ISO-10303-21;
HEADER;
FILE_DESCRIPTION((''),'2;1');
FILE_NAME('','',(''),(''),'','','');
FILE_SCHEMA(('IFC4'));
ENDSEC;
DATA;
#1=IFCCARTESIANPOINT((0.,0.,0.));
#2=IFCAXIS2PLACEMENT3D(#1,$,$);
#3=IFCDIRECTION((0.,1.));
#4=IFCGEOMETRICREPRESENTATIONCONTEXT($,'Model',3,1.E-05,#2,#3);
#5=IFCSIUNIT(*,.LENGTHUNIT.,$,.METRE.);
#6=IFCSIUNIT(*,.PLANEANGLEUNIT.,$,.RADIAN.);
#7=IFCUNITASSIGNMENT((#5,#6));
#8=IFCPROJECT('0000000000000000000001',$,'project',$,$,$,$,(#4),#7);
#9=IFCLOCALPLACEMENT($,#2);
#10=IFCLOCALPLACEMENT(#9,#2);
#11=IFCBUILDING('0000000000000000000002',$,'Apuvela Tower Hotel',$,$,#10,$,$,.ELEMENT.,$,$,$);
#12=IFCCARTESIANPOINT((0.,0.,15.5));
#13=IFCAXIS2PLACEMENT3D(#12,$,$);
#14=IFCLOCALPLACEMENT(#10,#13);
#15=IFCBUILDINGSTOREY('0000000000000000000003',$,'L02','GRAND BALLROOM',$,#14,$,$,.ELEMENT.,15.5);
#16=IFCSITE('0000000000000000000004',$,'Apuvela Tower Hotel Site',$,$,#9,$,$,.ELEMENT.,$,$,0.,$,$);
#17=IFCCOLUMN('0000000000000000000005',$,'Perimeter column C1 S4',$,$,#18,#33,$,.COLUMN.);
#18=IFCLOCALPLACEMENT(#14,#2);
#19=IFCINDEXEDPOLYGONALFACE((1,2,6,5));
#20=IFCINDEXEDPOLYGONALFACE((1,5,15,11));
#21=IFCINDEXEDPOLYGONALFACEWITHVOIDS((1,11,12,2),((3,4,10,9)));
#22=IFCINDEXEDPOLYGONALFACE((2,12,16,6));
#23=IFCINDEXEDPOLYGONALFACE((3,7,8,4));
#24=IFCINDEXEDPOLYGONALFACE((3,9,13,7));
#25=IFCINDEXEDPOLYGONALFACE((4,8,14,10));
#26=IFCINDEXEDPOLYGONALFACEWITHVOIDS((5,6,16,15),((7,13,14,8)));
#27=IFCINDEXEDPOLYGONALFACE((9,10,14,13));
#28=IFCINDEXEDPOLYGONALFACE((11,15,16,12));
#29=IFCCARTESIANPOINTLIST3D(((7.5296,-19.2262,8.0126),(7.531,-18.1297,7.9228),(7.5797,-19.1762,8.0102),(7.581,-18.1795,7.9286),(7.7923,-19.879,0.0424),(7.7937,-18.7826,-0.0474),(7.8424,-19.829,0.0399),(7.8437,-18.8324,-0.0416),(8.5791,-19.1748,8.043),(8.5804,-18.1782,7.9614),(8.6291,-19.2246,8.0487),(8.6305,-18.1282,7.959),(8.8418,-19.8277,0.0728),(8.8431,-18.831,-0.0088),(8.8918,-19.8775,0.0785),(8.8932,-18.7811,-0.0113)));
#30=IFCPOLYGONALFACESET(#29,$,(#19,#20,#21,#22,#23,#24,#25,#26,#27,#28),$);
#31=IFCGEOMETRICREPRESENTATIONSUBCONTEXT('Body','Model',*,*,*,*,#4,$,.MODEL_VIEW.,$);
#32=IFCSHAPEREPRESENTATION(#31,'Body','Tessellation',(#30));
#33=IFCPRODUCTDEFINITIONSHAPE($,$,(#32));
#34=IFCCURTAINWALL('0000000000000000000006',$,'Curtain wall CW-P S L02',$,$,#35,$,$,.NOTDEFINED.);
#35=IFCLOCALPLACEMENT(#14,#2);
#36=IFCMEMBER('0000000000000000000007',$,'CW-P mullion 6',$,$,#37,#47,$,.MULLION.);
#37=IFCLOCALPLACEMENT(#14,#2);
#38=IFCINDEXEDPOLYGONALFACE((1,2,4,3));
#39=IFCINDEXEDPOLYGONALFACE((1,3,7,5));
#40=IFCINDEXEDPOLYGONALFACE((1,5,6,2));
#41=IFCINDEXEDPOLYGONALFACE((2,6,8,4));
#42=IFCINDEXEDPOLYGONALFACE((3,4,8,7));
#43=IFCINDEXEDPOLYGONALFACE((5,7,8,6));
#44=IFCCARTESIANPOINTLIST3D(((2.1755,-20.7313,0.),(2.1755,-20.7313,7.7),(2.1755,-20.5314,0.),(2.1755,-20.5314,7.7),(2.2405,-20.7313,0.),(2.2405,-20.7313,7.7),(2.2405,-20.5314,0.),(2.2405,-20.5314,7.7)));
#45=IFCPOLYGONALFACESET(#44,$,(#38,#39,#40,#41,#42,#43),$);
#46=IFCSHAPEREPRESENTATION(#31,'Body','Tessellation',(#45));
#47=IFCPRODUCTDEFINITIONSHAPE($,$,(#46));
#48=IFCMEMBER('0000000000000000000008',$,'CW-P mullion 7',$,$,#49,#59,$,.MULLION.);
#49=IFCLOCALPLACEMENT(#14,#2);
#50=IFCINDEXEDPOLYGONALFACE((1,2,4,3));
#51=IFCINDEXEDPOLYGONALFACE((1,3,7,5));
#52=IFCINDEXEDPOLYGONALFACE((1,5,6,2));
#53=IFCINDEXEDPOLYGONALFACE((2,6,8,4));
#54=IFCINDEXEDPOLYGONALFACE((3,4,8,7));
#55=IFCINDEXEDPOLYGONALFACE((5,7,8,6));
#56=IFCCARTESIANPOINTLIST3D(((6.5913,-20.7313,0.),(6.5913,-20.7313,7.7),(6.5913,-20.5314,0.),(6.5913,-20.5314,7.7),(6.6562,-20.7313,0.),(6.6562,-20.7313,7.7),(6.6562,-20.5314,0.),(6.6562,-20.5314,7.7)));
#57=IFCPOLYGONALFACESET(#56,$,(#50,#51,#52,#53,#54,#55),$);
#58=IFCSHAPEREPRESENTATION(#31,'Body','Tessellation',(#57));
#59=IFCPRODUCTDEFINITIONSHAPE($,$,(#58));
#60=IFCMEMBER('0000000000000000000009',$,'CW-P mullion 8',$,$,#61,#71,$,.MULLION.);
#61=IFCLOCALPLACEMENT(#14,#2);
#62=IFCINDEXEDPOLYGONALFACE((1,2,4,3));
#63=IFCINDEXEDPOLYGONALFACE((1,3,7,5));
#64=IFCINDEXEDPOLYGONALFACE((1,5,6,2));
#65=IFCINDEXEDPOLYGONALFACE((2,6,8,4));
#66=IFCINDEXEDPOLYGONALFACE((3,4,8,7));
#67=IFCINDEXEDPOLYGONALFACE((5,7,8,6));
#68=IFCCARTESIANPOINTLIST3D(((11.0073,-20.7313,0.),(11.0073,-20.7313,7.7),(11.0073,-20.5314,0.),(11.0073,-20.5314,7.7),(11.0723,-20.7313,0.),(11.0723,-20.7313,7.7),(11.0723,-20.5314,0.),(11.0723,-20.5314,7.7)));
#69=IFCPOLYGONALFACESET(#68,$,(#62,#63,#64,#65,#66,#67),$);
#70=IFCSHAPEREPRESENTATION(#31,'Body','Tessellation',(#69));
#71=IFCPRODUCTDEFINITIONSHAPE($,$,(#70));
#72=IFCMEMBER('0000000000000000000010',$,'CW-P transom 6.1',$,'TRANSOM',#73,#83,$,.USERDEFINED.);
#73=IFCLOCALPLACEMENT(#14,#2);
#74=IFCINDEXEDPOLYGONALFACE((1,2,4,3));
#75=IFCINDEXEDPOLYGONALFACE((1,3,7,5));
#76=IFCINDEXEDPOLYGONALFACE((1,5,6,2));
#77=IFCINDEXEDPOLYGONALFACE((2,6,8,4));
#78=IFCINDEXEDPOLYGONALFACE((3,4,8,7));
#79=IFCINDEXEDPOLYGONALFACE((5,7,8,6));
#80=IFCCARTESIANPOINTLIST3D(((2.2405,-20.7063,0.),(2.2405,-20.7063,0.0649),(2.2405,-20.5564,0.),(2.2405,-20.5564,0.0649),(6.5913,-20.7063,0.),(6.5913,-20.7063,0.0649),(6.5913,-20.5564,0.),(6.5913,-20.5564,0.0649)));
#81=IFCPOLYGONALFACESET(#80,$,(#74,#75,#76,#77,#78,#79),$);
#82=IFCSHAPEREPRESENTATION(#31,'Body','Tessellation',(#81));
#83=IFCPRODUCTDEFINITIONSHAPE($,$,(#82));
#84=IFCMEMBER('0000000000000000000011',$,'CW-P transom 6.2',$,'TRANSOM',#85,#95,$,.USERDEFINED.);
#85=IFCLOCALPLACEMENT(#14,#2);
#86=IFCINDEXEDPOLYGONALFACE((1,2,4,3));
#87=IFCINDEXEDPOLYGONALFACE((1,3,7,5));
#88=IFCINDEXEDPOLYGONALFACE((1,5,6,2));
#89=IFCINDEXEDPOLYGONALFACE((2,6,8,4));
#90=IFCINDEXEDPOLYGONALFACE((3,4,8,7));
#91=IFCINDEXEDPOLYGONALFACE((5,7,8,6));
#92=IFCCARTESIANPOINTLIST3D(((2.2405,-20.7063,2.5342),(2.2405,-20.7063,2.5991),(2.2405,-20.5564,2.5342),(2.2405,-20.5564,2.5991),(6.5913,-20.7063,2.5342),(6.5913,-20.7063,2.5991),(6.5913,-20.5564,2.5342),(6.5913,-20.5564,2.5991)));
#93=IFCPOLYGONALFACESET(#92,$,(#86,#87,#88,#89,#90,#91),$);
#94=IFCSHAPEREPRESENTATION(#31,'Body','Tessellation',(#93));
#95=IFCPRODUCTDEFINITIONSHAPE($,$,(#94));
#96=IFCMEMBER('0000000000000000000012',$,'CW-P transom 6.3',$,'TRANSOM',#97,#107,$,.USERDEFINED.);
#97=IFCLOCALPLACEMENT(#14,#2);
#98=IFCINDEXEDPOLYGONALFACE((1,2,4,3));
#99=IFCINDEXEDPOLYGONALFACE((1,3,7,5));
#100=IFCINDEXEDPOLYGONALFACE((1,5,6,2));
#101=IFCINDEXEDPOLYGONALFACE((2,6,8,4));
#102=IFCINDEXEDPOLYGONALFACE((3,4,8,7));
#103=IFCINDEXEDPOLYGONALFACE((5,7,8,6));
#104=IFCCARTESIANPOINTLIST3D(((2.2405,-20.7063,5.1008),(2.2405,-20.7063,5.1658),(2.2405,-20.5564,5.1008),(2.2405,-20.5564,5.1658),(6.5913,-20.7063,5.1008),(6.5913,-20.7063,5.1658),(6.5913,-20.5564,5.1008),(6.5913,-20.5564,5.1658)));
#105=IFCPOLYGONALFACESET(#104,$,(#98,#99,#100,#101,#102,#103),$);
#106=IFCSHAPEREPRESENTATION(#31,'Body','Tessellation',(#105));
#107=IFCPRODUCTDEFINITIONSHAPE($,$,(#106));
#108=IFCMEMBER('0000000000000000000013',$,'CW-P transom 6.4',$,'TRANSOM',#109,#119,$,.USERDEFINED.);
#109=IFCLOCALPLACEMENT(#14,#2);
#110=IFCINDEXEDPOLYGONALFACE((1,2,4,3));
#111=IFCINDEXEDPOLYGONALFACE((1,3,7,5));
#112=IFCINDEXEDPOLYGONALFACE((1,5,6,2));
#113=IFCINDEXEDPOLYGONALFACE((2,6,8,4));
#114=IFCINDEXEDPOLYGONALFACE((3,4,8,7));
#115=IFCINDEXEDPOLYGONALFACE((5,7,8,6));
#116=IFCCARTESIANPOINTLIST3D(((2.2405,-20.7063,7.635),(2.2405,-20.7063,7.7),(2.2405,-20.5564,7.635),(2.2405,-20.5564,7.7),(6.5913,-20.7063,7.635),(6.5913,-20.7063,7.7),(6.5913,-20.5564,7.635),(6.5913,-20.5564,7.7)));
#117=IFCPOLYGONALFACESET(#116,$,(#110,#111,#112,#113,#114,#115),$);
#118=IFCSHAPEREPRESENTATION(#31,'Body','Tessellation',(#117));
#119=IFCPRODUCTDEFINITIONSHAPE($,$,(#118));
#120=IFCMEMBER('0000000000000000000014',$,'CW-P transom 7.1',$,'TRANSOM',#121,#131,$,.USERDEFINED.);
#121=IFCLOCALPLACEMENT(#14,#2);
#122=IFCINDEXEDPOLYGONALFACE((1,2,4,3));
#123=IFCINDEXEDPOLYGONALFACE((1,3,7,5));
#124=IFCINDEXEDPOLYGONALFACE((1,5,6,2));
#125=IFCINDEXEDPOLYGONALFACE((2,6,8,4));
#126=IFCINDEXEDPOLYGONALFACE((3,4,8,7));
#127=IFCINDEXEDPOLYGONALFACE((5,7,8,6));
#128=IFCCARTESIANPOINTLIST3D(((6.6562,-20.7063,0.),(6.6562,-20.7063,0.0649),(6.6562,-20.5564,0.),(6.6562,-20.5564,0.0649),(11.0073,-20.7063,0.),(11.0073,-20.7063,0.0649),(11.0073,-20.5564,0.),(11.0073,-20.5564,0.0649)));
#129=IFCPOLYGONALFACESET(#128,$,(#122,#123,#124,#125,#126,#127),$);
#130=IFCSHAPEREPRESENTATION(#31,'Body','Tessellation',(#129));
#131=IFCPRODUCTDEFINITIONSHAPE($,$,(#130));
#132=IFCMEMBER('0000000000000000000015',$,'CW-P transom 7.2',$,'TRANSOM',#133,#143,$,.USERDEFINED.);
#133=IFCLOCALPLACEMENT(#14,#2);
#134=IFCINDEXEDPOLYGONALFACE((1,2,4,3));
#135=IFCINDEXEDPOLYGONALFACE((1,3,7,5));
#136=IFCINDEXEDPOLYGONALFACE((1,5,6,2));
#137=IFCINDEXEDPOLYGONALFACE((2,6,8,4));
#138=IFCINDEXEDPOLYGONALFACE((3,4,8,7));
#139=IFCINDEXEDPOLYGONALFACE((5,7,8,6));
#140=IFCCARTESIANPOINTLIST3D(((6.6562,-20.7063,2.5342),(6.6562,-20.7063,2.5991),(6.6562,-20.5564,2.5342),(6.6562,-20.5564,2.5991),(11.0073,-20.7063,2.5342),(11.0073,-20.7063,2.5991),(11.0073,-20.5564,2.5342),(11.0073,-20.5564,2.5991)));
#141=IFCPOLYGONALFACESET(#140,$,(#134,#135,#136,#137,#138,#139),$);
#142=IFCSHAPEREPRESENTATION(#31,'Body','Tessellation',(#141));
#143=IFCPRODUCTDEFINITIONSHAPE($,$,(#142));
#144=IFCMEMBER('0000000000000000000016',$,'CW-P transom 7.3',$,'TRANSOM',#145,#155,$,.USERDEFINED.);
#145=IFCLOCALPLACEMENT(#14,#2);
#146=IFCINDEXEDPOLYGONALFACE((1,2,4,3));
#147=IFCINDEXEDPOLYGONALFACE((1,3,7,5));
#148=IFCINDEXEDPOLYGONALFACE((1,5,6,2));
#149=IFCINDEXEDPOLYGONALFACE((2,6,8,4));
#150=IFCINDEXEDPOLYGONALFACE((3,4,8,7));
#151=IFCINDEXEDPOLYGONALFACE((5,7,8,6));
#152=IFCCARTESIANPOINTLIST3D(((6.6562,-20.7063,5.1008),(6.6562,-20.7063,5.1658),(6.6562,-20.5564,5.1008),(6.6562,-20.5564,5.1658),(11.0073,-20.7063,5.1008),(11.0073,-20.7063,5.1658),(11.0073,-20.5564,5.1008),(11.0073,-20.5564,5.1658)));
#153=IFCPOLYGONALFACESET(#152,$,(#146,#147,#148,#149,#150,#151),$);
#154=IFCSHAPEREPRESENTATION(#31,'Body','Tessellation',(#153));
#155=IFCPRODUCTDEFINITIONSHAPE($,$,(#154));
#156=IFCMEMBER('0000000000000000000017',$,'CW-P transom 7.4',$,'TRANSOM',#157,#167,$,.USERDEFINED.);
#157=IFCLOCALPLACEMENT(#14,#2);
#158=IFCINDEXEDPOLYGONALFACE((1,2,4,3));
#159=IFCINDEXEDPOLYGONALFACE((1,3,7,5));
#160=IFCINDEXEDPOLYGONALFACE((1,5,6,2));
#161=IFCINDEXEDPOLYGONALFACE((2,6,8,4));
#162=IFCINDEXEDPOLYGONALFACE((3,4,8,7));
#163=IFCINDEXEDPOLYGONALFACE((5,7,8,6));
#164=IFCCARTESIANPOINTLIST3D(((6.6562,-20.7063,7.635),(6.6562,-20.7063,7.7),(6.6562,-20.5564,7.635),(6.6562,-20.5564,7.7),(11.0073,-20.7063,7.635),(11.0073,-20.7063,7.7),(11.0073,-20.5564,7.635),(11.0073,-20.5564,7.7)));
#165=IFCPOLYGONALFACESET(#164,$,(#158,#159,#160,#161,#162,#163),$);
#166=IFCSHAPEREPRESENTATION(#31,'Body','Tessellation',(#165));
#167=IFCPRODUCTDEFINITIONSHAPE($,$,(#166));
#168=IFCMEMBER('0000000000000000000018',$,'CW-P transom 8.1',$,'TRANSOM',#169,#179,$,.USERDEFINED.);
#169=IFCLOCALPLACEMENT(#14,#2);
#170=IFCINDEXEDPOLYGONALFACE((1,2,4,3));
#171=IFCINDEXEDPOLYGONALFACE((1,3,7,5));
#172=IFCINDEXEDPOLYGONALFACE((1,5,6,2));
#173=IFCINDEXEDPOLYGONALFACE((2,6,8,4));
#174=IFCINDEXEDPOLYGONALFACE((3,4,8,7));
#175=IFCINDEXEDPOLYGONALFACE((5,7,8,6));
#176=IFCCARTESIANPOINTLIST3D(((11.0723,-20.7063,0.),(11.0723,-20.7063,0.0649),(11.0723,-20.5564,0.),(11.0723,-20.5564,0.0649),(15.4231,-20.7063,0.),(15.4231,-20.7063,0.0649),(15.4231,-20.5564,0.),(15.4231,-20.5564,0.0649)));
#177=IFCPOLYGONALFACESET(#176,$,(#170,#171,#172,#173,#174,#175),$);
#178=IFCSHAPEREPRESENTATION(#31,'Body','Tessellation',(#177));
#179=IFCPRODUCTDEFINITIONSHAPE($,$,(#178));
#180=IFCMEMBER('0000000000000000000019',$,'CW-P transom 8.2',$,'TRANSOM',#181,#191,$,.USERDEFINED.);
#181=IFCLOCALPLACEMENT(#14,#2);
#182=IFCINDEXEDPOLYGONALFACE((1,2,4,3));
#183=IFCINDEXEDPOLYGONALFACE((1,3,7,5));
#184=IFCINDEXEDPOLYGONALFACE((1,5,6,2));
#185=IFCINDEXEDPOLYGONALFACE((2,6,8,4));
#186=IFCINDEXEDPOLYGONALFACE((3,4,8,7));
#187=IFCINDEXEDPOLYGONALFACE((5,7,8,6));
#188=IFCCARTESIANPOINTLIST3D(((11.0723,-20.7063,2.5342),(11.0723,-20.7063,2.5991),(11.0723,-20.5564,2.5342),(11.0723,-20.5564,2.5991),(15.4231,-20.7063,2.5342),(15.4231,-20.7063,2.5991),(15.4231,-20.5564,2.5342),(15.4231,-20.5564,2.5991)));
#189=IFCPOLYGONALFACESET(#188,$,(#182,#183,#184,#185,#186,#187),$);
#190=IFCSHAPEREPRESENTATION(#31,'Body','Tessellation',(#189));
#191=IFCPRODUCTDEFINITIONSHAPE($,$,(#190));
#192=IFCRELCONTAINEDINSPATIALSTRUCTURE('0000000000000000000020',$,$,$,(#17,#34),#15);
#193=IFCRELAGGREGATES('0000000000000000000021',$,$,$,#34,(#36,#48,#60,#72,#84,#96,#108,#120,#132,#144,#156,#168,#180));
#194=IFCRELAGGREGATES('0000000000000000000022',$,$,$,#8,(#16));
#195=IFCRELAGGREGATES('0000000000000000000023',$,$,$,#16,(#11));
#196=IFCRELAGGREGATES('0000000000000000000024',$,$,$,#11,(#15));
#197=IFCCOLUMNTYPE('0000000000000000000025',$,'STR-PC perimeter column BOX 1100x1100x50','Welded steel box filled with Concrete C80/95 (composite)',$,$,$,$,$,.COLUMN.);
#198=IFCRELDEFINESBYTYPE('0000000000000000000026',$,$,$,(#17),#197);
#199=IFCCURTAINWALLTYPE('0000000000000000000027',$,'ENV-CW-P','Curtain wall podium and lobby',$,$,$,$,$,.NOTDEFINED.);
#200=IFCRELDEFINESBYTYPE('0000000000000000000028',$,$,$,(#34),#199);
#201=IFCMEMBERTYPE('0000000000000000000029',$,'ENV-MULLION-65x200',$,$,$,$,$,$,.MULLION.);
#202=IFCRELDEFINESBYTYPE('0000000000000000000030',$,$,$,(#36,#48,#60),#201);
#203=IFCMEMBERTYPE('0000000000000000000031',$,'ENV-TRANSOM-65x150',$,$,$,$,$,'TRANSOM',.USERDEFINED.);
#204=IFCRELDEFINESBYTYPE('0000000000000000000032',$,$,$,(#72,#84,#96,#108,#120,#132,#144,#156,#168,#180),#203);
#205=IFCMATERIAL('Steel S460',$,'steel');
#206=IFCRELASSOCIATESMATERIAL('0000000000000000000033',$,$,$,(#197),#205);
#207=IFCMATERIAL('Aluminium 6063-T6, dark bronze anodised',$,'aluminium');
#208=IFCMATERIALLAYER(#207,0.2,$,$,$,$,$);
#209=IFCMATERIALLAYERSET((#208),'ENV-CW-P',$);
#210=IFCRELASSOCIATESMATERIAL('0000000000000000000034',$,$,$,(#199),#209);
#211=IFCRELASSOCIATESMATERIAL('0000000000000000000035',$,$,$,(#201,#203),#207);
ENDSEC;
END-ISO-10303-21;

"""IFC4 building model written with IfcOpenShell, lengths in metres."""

from ifc_helpers import new_model, si_unit, direction, frame, origin, origin_2d, place, context, subcontext, project, spatial, rectangle, hollow_rectangle, extrude, boolean, halfspace, material, layer, layer_set, material_profile, profile_set, type_object, element, aggregate, save


model = new_model("IFC4")

# Units and contexts
model_context = context("Model", 3, precision=1e-05, world=origin(), true_north=direction((0.0, 1.0)))
body_context = subcontext(model_context, "Body", "Model", "MODEL_VIEW")
ifc_project = project(units=[si_unit("LENGTHUNIT", "METRE"), si_unit("PLANEANGLEUNIT", "RADIAN")], contexts=[model_context])

# Site, building, storey
site_placement = place(None, origin())
site = spatial("IfcSite", under=ifc_project, at=site_placement, Name="Apuvela Tower Hotel Site", CompositionType="ELEMENT", RefElevation=0.0)
building_placement = place(site_placement, origin())
building = spatial("IfcBuilding", under=site, at=building_placement, Name="Apuvela Tower Hotel", CompositionType="ELEMENT")
storey_placement = place(building_placement, frame((0.0, 0.0, 15.5)))
storey = spatial("IfcBuildingStorey", under=building, at=storey_placement, Name="L02", Description="GRAND BALLROOM", CompositionType="ELEMENT", Elevation=15.5)

# Column
ifc_material_1 = material(Name="Steel S460", Category="steel")
ifc_material_profile_1 = material_profile(ifc_material_1, hollow_rectangle(XDim=1.1001, YDim=1.1001, WallThickness=0.05, at=origin_2d()), Name="BOX 1100x1100x50")
ifc_material_2 = material(Name="Concrete C80/95", Category="concrete")
ifc_material_profile_2 = material_profile(ifc_material_2, rectangle(XDim=1.0, YDim=1.0, at=origin_2d()), Name="Concrete C80/95 infill")
ifc_profile_set_1 = profile_set([ifc_material_profile_1, ifc_material_profile_2], Name="Steel S460")
column_type = type_object("IfcColumnType", Name="STR-PC perimeter column BOX 1100x1100x50", Description="Welded steel box filled with Concrete C80/95 (composite)", PredefinedType="COLUMN", material=ifc_profile_set_1)
column_placement = place(storey_placement, frame((8.3433, -19.3313, 0.0), z_axis=(-0.032831, 0.081592, 0.996125), x_axis=(0.99946, 0.001378, 0.032828)))
element("IfcColumn", 1, at=column_placement, inside=storey, type_object=column_type, Name="Perimeter column C1 S4", PredefinedType="COLUMN", context=body_context, shape_type="SweptSolid", body=[
    boolean("DIFFERENCE", boolean("DIFFERENCE", extrude(hollow_rectangle(XDim=1.1001, YDim=1.1001, WallThickness=0.05, at=origin_2d()), origin(), (0.0, 0.0, 1.0), 8.031), halfspace(frame((0.0, 0.0, 0.0156), z_axis=(0.0, 0.0, 1.0), x_axis=(1.0, 0.0, 0.0)), True)), halfspace(frame((0.0, 0.0, 8.0168), z_axis=(0.0, 0.0, 1.0), x_axis=(1.0, 0.0, 0.0)), False)),
])

# Curtain wall, members
ifc_material_3 = material(Name="Aluminium 6063-T6, dark bronze anodised", Category="aluminium")
ifc_layer_1 = layer(ifc_material_3, 0.2)
ifc_layer_set_1 = layer_set([ifc_layer_1], Name="ENV-CW-P")
curtain_wall_type = type_object("IfcCurtainWallType", Name="ENV-CW-P", Description="Curtain wall podium and lobby", PredefinedType="NOTDEFINED", material=ifc_layer_set_1)
curtain_wall_placement = place(storey_placement, origin())
curtain_wall = element("IfcCurtainWall", 2, at=curtain_wall_placement, inside=storey, type_object=curtain_wall_type, Name="Curtain wall CW-P S L02", PredefinedType="NOTDEFINED")
ifc_material_profile_3 = material_profile(ifc_material_3, rectangle(XDim=0.2, YDim=0.0649, at=origin_2d()), Name="AL 65x200")
ifc_profile_set_2 = profile_set([ifc_material_profile_3], Name="Aluminium 6063-T6, dark bronze anodised")
member_type_1 = type_object("IfcMemberType", Name="ENV-MULLION-65x200", PredefinedType="MULLION", material=ifc_profile_set_2)
member_1_placement = place(storey_placement, frame((2.208, -20.6313, 0.0), z_axis=(0.0, 0.0, 1.0), x_axis=(0.0, 1.0, 0.0)))
member_1 = element("IfcMember", 3, at=member_1_placement, type_object=member_type_1, Name="CW-P mullion 6", PredefinedType="MULLION", context=body_context, shape_type="SweptSolid", body=[
    extrude(rectangle(XDim=0.2, YDim=0.0649, at=origin_2d()), origin(), (0.0, 0.0, 1.0), 7.7),
])
member_2_placement = place(storey_placement, frame((6.6238, -20.6313, 0.0), z_axis=(0.0, 0.0, 1.0), x_axis=(0.0, 1.0, 0.0)))
member_2 = element("IfcMember", 4, at=member_2_placement, type_object=member_type_1, Name="CW-P mullion 7", PredefinedType="MULLION", context=body_context, shape_type="SweptSolid", body=[
    extrude(rectangle(XDim=0.2, YDim=0.0649, at=origin_2d()), origin(), (0.0, 0.0, 1.0), 7.7),
])
member_3_placement = place(storey_placement, frame((11.0398, -20.6313, 0.0), z_axis=(0.0, 0.0, 1.0), x_axis=(0.0, 1.0, 0.0)))
member_3 = element("IfcMember", 5, at=member_3_placement, type_object=member_type_1, Name="CW-P mullion 8", PredefinedType="MULLION", context=body_context, shape_type="SweptSolid", body=[
    extrude(rectangle(XDim=0.2, YDim=0.0649, at=origin_2d()), origin(), (0.0, 0.0, 1.0), 7.7),
])
ifc_material_profile_4 = material_profile(ifc_material_3, rectangle(XDim=0.1499, YDim=0.0649, at=origin_2d()), Name="AL 65x150 transom")
ifc_profile_set_3 = profile_set([ifc_material_profile_4], Name="Aluminium 6063-T6, dark bronze anodised")
member_type_2 = type_object("IfcMemberType", Name="ENV-TRANSOM-65x150", ElementType="TRANSOM", PredefinedType="USERDEFINED", material=ifc_profile_set_3)
member_4_placement = place(storey_placement, frame((2.2405, -20.6313, 0.0325), z_axis=(1.0, 0.0, 0.0), x_axis=(0.0, 1.0, 0.0)))
member_4 = element("IfcMember", 6, at=member_4_placement, type_object=member_type_2, Name="CW-P transom 6.1", ObjectType="TRANSOM", PredefinedType="USERDEFINED", context=body_context, shape_type="SweptSolid", body=[
    extrude(rectangle(XDim=0.1499, YDim=0.0649, at=origin_2d()), origin(), (0.0, 0.0, 1.0), 4.3508),
])
member_5_placement = place(storey_placement, frame((2.2405, -20.6313, 2.5667), z_axis=(1.0, 0.0, 0.0), x_axis=(0.0, 1.0, 0.0)))
member_5 = element("IfcMember", 7, at=member_5_placement, type_object=member_type_2, Name="CW-P transom 6.2", ObjectType="TRANSOM", PredefinedType="USERDEFINED", context=body_context, shape_type="SweptSolid", body=[
    extrude(rectangle(XDim=0.1499, YDim=0.0649, at=origin_2d()), origin(), (0.0, 0.0, 1.0), 4.3508),
])
member_6_placement = place(storey_placement, frame((2.2405, -20.6313, 5.1333), z_axis=(1.0, 0.0, 0.0), x_axis=(0.0, 1.0, 0.0)))
member_6 = element("IfcMember", 8, at=member_6_placement, type_object=member_type_2, Name="CW-P transom 6.3", ObjectType="TRANSOM", PredefinedType="USERDEFINED", context=body_context, shape_type="SweptSolid", body=[
    extrude(rectangle(XDim=0.1499, YDim=0.0649, at=origin_2d()), origin(), (0.0, 0.0, 1.0), 4.3508),
])
member_7_placement = place(storey_placement, frame((2.2405, -20.6313, 7.6675), z_axis=(1.0, 0.0, 0.0), x_axis=(0.0, 1.0, 0.0)))
member_7 = element("IfcMember", 9, at=member_7_placement, type_object=member_type_2, Name="CW-P transom 6.4", ObjectType="TRANSOM", PredefinedType="USERDEFINED", context=body_context, shape_type="SweptSolid", body=[
    extrude(rectangle(XDim=0.1499, YDim=0.0649, at=origin_2d()), origin(), (0.0, 0.0, 1.0), 4.3508),
])
member_8_placement = place(storey_placement, frame((6.6562, -20.6313, 0.0325), z_axis=(1.0, 0.0, 0.0), x_axis=(0.0, 1.0, 0.0)))
member_8 = element("IfcMember", 10, at=member_8_placement, type_object=member_type_2, Name="CW-P transom 7.1", ObjectType="TRANSOM", PredefinedType="USERDEFINED", context=body_context, shape_type="SweptSolid", body=[
    extrude(rectangle(XDim=0.1499, YDim=0.0649, at=origin_2d()), origin(), (0.0, 0.0, 1.0), 4.3511),
])
member_9_placement = place(storey_placement, frame((6.6562, -20.6313, 2.5667), z_axis=(1.0, 0.0, 0.0), x_axis=(0.0, 1.0, 0.0)))
member_9 = element("IfcMember", 11, at=member_9_placement, type_object=member_type_2, Name="CW-P transom 7.2", ObjectType="TRANSOM", PredefinedType="USERDEFINED", context=body_context, shape_type="SweptSolid", body=[
    extrude(rectangle(XDim=0.1499, YDim=0.0649, at=origin_2d()), origin(), (0.0, 0.0, 1.0), 4.3511),
])
member_10_placement = place(storey_placement, frame((6.6562, -20.6313, 5.1333), z_axis=(1.0, 0.0, 0.0), x_axis=(0.0, 1.0, 0.0)))
member_10 = element("IfcMember", 12, at=member_10_placement, type_object=member_type_2, Name="CW-P transom 7.3", ObjectType="TRANSOM", PredefinedType="USERDEFINED", context=body_context, shape_type="SweptSolid", body=[
    extrude(rectangle(XDim=0.1499, YDim=0.0649, at=origin_2d()), origin(), (0.0, 0.0, 1.0), 4.3511),
])
member_11_placement = place(storey_placement, frame((6.6562, -20.6313, 7.6675), z_axis=(1.0, 0.0, 0.0), x_axis=(0.0, 1.0, 0.0)))
member_11 = element("IfcMember", 13, at=member_11_placement, type_object=member_type_2, Name="CW-P transom 7.4", ObjectType="TRANSOM", PredefinedType="USERDEFINED", context=body_context, shape_type="SweptSolid", body=[
    extrude(rectangle(XDim=0.1499, YDim=0.0649, at=origin_2d()), origin(), (0.0, 0.0, 1.0), 4.3511),
])
member_12_placement = place(storey_placement, frame((11.0723, -20.6313, 0.0325), z_axis=(1.0, 0.0, 0.0), x_axis=(0.0, 1.0, 0.0)))
member_12 = element("IfcMember", 14, at=member_12_placement, type_object=member_type_2, Name="CW-P transom 8.1", ObjectType="TRANSOM", PredefinedType="USERDEFINED", context=body_context, shape_type="SweptSolid", body=[
    extrude(rectangle(XDim=0.1499, YDim=0.0649, at=origin_2d()), origin(), (0.0, 0.0, 1.0), 4.3508),
])
member_13_placement = place(storey_placement, frame((11.0723, -20.6313, 2.5667), z_axis=(1.0, 0.0, 0.0), x_axis=(0.0, 1.0, 0.0)))
member_13 = element("IfcMember", 15, at=member_13_placement, type_object=member_type_2, Name="CW-P transom 8.2", ObjectType="TRANSOM", PredefinedType="USERDEFINED", context=body_context, shape_type="SweptSolid", body=[
    extrude(rectangle(XDim=0.1499, YDim=0.0649, at=origin_2d()), origin(), (0.0, 0.0, 1.0), 4.3508),
])

aggregate(curtain_wall, [member_1, member_2, member_3, member_4, member_5, member_6, member_7, member_8, member_9, member_10, member_11, member_12, member_13])

save(model, "model.ifc")
